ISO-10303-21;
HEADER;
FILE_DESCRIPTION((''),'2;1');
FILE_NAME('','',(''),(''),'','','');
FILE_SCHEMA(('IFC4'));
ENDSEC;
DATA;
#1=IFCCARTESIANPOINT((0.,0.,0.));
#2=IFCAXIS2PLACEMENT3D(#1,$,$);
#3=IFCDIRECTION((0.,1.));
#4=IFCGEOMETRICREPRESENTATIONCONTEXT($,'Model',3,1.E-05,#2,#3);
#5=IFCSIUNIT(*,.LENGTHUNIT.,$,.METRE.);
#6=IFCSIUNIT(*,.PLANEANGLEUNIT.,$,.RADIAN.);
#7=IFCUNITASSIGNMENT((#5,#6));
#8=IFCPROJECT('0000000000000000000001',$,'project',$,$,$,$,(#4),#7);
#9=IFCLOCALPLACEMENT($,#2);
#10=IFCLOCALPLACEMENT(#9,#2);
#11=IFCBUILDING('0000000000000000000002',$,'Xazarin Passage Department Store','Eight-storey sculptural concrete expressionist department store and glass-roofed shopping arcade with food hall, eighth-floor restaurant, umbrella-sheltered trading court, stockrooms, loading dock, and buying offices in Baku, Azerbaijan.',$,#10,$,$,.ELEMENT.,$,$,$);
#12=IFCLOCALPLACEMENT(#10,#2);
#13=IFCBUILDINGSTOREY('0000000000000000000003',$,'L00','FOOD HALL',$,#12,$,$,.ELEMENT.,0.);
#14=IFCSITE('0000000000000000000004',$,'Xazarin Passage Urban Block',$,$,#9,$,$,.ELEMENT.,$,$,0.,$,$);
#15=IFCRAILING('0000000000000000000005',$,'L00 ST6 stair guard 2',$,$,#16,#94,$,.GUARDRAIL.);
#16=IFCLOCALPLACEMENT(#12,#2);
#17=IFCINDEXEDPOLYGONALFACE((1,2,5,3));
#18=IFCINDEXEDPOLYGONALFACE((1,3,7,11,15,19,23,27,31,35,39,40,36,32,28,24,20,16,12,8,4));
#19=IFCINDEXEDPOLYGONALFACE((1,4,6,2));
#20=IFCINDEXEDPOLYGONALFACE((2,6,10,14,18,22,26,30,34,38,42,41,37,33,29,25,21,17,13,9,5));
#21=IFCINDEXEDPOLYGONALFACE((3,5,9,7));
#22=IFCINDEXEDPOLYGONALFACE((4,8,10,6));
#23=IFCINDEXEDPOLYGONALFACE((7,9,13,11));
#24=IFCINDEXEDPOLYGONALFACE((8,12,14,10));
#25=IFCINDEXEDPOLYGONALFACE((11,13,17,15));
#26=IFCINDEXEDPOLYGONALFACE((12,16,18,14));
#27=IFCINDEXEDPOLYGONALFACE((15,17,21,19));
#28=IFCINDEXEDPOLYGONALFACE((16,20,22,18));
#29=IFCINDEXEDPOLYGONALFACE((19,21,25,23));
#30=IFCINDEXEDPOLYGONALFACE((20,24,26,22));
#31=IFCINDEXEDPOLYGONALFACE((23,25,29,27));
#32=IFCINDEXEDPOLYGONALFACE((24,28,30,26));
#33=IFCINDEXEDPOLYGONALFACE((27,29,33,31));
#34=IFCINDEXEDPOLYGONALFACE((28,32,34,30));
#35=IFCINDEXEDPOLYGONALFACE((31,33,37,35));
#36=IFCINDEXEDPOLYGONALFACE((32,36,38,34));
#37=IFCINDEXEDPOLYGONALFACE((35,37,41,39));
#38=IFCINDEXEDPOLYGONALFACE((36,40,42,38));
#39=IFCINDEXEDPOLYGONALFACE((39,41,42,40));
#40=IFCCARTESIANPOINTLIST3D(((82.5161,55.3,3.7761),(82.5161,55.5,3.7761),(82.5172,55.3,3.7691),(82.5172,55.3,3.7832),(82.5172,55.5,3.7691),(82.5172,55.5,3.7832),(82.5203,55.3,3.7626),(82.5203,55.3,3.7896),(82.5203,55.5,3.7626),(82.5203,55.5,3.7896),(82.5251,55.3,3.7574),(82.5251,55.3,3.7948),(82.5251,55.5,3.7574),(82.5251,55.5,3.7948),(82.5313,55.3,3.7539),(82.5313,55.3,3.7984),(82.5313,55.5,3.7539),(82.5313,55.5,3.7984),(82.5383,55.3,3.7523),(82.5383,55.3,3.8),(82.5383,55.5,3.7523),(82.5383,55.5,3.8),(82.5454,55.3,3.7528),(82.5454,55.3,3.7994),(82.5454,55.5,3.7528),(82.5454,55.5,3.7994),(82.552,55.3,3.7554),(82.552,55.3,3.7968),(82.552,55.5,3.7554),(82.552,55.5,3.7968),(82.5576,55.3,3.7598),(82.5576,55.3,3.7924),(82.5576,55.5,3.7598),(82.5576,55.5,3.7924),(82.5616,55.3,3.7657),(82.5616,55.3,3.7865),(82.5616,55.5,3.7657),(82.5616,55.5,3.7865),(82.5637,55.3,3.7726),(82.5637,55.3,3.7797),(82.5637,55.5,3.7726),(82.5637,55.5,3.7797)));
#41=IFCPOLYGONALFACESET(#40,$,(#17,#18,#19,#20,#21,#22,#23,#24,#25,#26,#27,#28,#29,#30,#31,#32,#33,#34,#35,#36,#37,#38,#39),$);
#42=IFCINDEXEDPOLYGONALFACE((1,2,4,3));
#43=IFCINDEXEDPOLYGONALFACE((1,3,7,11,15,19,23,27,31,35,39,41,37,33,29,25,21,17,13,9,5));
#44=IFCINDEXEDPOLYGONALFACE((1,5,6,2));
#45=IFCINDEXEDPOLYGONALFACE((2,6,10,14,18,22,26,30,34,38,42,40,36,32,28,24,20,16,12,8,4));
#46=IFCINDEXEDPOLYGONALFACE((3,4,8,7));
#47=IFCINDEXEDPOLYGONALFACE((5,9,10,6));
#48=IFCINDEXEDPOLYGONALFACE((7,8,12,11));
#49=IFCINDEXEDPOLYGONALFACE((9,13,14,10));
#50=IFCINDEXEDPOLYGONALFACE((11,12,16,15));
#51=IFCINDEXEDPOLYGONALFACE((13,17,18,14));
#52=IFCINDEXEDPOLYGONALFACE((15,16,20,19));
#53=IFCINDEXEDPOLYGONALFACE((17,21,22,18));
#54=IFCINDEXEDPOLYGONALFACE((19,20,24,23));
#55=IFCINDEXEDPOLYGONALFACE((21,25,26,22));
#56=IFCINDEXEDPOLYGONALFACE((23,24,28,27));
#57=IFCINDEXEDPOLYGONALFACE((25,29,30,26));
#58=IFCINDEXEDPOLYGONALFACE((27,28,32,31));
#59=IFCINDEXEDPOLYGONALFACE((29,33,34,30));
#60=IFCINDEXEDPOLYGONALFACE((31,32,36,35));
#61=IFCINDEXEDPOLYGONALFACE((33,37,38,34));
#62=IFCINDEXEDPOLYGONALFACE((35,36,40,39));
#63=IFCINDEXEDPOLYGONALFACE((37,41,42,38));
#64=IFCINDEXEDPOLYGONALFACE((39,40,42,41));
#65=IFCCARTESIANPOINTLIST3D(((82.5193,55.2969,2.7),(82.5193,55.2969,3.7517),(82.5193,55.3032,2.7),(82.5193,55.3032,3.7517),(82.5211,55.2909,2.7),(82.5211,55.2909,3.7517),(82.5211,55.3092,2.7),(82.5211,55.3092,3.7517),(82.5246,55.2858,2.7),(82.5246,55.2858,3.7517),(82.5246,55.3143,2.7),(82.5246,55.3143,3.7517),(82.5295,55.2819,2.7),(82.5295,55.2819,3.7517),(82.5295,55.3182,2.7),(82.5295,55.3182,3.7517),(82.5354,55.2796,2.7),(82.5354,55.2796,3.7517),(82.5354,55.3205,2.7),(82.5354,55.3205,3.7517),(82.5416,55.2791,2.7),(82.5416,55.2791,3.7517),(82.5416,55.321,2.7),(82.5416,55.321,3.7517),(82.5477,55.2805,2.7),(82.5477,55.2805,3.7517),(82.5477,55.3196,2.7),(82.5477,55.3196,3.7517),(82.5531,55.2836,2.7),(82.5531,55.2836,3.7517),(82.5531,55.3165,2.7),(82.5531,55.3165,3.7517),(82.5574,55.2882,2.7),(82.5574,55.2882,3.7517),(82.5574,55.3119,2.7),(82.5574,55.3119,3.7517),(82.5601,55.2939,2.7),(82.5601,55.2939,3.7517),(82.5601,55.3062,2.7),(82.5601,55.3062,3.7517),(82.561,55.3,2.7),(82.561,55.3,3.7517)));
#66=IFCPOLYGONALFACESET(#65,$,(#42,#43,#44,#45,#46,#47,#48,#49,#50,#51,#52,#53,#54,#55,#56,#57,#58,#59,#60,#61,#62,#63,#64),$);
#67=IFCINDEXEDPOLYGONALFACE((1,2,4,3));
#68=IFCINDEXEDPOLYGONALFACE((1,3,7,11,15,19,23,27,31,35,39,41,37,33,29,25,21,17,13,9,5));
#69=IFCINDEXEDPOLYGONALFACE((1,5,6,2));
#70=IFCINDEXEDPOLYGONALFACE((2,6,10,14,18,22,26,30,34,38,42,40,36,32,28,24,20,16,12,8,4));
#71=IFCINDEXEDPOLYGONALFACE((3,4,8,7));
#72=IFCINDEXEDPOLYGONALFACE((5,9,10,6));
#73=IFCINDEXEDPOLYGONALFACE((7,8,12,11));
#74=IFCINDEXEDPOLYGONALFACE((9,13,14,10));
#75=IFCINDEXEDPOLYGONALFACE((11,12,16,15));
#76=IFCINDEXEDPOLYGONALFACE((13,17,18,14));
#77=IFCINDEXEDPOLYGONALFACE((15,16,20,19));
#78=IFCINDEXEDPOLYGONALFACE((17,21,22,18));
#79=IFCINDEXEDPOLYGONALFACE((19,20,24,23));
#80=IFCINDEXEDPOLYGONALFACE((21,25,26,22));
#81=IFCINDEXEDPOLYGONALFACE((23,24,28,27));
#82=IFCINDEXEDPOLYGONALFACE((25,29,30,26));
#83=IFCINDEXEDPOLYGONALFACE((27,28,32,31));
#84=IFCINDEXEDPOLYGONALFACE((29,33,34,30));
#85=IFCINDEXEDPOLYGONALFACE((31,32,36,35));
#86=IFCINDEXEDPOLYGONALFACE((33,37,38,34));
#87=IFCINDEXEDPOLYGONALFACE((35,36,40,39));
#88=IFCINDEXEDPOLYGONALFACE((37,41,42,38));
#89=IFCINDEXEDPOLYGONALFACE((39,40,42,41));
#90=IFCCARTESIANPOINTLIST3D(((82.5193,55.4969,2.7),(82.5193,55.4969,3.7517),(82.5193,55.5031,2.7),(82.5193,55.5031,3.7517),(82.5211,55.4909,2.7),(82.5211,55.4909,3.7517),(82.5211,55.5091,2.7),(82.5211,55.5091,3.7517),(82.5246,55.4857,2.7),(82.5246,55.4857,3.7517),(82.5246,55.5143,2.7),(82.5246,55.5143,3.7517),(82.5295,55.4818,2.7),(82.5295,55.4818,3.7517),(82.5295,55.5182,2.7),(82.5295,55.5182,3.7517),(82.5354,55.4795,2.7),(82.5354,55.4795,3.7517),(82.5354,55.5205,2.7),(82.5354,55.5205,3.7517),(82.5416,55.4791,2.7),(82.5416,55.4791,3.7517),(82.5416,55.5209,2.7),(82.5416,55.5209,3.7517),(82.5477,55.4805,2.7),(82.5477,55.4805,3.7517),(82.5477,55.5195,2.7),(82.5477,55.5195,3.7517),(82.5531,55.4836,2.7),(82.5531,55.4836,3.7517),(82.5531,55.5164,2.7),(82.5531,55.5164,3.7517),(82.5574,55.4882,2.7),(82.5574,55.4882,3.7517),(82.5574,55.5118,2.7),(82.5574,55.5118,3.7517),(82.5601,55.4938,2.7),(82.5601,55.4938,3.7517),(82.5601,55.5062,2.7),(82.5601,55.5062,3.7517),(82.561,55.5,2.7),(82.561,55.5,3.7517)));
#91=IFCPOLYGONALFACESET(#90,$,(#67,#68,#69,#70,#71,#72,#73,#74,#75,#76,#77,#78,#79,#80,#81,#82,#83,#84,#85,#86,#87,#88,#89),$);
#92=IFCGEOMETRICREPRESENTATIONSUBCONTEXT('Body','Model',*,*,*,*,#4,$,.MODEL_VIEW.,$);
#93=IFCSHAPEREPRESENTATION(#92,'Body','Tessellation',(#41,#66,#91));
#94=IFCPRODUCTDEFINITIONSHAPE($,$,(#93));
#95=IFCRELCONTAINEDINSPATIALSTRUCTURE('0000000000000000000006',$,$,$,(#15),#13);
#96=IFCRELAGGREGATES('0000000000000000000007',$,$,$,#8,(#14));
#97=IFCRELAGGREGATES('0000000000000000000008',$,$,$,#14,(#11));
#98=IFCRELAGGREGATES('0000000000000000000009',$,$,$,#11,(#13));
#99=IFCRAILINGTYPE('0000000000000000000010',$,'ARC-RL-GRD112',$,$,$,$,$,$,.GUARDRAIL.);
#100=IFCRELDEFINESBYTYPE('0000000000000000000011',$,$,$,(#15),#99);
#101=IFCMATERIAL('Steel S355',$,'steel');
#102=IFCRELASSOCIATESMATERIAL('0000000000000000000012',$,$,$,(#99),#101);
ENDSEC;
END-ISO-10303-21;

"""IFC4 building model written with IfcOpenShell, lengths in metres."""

from ifc_helpers import new_model, si_unit, direction, frame, origin, origin_2d, place, context, subcontext, project, spatial, circle, extrude, material, type_object, element, save


model = new_model("IFC4")

# Units and contexts
model_context = context("Model", 3, precision=1e-05, world=origin(), true_north=direction((0.0, 1.0)))
body_context = subcontext(model_context, "Body", "Model", "MODEL_VIEW")
ifc_project = project(units=[si_unit("LENGTHUNIT", "METRE"), si_unit("PLANEANGLEUNIT", "RADIAN")], contexts=[model_context])

# Site, building, storey
site_placement = place(None, origin())
site = spatial("IfcSite", under=ifc_project, at=site_placement, Name="Xazarin Passage Urban Block", CompositionType="ELEMENT", RefElevation=0.0)
building_placement = place(site_placement, origin())
building = spatial("IfcBuilding", under=site, at=building_placement, Name="Xazarin Passage Department Store", Description="Eight-storey sculptural concrete expressionist department store and glass-roofed shopping arcade with food hall, eighth-floor restaurant, umbrella-sheltered trading court, stockrooms, loading dock, and buying offices in Baku, Azerbaijan.", CompositionType="ELEMENT")
storey_placement = place(building_placement, origin())
storey = spatial("IfcBuildingStorey", under=building, at=storey_placement, Name="L00", Description="FOOD HALL", CompositionType="ELEMENT", Elevation=0.0)

# Railing
ifc_material_1 = material(Name="Steel S355", Category="steel")
railing_type_1 = type_object("IfcRailingType", Name="ARC-RL-GRD112", PredefinedType="GUARDRAIL", material=ifc_material_1)
railing_1_placement = place(storey_placement, frame((82.54, 55.3, 2.7)))
element("IfcRailing", 1, at=railing_1_placement, inside=storey, type_object=railing_type_1, Name="L00 ST6 stair guard 2", PredefinedType="GUARDRAIL", context=body_context, shape_type="SweptSolid", body=[
    extrude(circle(Radius=0.0239, at=origin_2d()), frame((0.0, 0.0, 1.0762), z_axis=(0.0, 1.0, 0.0), x_axis=(-1.0, 0.0, 0.0)), (0.0, 0.0, 1.0), 0.2),
    extrude(circle(Radius=0.021, at=origin_2d()), origin(), (0.0, 0.0, 1.0), 1.0518),
    extrude(circle(Radius=0.021, at=origin_2d()), frame((0.0, 0.2, 0.0)), (0.0, 0.0, 1.0), 1.0518),
])

save(model, "model.ifc")
